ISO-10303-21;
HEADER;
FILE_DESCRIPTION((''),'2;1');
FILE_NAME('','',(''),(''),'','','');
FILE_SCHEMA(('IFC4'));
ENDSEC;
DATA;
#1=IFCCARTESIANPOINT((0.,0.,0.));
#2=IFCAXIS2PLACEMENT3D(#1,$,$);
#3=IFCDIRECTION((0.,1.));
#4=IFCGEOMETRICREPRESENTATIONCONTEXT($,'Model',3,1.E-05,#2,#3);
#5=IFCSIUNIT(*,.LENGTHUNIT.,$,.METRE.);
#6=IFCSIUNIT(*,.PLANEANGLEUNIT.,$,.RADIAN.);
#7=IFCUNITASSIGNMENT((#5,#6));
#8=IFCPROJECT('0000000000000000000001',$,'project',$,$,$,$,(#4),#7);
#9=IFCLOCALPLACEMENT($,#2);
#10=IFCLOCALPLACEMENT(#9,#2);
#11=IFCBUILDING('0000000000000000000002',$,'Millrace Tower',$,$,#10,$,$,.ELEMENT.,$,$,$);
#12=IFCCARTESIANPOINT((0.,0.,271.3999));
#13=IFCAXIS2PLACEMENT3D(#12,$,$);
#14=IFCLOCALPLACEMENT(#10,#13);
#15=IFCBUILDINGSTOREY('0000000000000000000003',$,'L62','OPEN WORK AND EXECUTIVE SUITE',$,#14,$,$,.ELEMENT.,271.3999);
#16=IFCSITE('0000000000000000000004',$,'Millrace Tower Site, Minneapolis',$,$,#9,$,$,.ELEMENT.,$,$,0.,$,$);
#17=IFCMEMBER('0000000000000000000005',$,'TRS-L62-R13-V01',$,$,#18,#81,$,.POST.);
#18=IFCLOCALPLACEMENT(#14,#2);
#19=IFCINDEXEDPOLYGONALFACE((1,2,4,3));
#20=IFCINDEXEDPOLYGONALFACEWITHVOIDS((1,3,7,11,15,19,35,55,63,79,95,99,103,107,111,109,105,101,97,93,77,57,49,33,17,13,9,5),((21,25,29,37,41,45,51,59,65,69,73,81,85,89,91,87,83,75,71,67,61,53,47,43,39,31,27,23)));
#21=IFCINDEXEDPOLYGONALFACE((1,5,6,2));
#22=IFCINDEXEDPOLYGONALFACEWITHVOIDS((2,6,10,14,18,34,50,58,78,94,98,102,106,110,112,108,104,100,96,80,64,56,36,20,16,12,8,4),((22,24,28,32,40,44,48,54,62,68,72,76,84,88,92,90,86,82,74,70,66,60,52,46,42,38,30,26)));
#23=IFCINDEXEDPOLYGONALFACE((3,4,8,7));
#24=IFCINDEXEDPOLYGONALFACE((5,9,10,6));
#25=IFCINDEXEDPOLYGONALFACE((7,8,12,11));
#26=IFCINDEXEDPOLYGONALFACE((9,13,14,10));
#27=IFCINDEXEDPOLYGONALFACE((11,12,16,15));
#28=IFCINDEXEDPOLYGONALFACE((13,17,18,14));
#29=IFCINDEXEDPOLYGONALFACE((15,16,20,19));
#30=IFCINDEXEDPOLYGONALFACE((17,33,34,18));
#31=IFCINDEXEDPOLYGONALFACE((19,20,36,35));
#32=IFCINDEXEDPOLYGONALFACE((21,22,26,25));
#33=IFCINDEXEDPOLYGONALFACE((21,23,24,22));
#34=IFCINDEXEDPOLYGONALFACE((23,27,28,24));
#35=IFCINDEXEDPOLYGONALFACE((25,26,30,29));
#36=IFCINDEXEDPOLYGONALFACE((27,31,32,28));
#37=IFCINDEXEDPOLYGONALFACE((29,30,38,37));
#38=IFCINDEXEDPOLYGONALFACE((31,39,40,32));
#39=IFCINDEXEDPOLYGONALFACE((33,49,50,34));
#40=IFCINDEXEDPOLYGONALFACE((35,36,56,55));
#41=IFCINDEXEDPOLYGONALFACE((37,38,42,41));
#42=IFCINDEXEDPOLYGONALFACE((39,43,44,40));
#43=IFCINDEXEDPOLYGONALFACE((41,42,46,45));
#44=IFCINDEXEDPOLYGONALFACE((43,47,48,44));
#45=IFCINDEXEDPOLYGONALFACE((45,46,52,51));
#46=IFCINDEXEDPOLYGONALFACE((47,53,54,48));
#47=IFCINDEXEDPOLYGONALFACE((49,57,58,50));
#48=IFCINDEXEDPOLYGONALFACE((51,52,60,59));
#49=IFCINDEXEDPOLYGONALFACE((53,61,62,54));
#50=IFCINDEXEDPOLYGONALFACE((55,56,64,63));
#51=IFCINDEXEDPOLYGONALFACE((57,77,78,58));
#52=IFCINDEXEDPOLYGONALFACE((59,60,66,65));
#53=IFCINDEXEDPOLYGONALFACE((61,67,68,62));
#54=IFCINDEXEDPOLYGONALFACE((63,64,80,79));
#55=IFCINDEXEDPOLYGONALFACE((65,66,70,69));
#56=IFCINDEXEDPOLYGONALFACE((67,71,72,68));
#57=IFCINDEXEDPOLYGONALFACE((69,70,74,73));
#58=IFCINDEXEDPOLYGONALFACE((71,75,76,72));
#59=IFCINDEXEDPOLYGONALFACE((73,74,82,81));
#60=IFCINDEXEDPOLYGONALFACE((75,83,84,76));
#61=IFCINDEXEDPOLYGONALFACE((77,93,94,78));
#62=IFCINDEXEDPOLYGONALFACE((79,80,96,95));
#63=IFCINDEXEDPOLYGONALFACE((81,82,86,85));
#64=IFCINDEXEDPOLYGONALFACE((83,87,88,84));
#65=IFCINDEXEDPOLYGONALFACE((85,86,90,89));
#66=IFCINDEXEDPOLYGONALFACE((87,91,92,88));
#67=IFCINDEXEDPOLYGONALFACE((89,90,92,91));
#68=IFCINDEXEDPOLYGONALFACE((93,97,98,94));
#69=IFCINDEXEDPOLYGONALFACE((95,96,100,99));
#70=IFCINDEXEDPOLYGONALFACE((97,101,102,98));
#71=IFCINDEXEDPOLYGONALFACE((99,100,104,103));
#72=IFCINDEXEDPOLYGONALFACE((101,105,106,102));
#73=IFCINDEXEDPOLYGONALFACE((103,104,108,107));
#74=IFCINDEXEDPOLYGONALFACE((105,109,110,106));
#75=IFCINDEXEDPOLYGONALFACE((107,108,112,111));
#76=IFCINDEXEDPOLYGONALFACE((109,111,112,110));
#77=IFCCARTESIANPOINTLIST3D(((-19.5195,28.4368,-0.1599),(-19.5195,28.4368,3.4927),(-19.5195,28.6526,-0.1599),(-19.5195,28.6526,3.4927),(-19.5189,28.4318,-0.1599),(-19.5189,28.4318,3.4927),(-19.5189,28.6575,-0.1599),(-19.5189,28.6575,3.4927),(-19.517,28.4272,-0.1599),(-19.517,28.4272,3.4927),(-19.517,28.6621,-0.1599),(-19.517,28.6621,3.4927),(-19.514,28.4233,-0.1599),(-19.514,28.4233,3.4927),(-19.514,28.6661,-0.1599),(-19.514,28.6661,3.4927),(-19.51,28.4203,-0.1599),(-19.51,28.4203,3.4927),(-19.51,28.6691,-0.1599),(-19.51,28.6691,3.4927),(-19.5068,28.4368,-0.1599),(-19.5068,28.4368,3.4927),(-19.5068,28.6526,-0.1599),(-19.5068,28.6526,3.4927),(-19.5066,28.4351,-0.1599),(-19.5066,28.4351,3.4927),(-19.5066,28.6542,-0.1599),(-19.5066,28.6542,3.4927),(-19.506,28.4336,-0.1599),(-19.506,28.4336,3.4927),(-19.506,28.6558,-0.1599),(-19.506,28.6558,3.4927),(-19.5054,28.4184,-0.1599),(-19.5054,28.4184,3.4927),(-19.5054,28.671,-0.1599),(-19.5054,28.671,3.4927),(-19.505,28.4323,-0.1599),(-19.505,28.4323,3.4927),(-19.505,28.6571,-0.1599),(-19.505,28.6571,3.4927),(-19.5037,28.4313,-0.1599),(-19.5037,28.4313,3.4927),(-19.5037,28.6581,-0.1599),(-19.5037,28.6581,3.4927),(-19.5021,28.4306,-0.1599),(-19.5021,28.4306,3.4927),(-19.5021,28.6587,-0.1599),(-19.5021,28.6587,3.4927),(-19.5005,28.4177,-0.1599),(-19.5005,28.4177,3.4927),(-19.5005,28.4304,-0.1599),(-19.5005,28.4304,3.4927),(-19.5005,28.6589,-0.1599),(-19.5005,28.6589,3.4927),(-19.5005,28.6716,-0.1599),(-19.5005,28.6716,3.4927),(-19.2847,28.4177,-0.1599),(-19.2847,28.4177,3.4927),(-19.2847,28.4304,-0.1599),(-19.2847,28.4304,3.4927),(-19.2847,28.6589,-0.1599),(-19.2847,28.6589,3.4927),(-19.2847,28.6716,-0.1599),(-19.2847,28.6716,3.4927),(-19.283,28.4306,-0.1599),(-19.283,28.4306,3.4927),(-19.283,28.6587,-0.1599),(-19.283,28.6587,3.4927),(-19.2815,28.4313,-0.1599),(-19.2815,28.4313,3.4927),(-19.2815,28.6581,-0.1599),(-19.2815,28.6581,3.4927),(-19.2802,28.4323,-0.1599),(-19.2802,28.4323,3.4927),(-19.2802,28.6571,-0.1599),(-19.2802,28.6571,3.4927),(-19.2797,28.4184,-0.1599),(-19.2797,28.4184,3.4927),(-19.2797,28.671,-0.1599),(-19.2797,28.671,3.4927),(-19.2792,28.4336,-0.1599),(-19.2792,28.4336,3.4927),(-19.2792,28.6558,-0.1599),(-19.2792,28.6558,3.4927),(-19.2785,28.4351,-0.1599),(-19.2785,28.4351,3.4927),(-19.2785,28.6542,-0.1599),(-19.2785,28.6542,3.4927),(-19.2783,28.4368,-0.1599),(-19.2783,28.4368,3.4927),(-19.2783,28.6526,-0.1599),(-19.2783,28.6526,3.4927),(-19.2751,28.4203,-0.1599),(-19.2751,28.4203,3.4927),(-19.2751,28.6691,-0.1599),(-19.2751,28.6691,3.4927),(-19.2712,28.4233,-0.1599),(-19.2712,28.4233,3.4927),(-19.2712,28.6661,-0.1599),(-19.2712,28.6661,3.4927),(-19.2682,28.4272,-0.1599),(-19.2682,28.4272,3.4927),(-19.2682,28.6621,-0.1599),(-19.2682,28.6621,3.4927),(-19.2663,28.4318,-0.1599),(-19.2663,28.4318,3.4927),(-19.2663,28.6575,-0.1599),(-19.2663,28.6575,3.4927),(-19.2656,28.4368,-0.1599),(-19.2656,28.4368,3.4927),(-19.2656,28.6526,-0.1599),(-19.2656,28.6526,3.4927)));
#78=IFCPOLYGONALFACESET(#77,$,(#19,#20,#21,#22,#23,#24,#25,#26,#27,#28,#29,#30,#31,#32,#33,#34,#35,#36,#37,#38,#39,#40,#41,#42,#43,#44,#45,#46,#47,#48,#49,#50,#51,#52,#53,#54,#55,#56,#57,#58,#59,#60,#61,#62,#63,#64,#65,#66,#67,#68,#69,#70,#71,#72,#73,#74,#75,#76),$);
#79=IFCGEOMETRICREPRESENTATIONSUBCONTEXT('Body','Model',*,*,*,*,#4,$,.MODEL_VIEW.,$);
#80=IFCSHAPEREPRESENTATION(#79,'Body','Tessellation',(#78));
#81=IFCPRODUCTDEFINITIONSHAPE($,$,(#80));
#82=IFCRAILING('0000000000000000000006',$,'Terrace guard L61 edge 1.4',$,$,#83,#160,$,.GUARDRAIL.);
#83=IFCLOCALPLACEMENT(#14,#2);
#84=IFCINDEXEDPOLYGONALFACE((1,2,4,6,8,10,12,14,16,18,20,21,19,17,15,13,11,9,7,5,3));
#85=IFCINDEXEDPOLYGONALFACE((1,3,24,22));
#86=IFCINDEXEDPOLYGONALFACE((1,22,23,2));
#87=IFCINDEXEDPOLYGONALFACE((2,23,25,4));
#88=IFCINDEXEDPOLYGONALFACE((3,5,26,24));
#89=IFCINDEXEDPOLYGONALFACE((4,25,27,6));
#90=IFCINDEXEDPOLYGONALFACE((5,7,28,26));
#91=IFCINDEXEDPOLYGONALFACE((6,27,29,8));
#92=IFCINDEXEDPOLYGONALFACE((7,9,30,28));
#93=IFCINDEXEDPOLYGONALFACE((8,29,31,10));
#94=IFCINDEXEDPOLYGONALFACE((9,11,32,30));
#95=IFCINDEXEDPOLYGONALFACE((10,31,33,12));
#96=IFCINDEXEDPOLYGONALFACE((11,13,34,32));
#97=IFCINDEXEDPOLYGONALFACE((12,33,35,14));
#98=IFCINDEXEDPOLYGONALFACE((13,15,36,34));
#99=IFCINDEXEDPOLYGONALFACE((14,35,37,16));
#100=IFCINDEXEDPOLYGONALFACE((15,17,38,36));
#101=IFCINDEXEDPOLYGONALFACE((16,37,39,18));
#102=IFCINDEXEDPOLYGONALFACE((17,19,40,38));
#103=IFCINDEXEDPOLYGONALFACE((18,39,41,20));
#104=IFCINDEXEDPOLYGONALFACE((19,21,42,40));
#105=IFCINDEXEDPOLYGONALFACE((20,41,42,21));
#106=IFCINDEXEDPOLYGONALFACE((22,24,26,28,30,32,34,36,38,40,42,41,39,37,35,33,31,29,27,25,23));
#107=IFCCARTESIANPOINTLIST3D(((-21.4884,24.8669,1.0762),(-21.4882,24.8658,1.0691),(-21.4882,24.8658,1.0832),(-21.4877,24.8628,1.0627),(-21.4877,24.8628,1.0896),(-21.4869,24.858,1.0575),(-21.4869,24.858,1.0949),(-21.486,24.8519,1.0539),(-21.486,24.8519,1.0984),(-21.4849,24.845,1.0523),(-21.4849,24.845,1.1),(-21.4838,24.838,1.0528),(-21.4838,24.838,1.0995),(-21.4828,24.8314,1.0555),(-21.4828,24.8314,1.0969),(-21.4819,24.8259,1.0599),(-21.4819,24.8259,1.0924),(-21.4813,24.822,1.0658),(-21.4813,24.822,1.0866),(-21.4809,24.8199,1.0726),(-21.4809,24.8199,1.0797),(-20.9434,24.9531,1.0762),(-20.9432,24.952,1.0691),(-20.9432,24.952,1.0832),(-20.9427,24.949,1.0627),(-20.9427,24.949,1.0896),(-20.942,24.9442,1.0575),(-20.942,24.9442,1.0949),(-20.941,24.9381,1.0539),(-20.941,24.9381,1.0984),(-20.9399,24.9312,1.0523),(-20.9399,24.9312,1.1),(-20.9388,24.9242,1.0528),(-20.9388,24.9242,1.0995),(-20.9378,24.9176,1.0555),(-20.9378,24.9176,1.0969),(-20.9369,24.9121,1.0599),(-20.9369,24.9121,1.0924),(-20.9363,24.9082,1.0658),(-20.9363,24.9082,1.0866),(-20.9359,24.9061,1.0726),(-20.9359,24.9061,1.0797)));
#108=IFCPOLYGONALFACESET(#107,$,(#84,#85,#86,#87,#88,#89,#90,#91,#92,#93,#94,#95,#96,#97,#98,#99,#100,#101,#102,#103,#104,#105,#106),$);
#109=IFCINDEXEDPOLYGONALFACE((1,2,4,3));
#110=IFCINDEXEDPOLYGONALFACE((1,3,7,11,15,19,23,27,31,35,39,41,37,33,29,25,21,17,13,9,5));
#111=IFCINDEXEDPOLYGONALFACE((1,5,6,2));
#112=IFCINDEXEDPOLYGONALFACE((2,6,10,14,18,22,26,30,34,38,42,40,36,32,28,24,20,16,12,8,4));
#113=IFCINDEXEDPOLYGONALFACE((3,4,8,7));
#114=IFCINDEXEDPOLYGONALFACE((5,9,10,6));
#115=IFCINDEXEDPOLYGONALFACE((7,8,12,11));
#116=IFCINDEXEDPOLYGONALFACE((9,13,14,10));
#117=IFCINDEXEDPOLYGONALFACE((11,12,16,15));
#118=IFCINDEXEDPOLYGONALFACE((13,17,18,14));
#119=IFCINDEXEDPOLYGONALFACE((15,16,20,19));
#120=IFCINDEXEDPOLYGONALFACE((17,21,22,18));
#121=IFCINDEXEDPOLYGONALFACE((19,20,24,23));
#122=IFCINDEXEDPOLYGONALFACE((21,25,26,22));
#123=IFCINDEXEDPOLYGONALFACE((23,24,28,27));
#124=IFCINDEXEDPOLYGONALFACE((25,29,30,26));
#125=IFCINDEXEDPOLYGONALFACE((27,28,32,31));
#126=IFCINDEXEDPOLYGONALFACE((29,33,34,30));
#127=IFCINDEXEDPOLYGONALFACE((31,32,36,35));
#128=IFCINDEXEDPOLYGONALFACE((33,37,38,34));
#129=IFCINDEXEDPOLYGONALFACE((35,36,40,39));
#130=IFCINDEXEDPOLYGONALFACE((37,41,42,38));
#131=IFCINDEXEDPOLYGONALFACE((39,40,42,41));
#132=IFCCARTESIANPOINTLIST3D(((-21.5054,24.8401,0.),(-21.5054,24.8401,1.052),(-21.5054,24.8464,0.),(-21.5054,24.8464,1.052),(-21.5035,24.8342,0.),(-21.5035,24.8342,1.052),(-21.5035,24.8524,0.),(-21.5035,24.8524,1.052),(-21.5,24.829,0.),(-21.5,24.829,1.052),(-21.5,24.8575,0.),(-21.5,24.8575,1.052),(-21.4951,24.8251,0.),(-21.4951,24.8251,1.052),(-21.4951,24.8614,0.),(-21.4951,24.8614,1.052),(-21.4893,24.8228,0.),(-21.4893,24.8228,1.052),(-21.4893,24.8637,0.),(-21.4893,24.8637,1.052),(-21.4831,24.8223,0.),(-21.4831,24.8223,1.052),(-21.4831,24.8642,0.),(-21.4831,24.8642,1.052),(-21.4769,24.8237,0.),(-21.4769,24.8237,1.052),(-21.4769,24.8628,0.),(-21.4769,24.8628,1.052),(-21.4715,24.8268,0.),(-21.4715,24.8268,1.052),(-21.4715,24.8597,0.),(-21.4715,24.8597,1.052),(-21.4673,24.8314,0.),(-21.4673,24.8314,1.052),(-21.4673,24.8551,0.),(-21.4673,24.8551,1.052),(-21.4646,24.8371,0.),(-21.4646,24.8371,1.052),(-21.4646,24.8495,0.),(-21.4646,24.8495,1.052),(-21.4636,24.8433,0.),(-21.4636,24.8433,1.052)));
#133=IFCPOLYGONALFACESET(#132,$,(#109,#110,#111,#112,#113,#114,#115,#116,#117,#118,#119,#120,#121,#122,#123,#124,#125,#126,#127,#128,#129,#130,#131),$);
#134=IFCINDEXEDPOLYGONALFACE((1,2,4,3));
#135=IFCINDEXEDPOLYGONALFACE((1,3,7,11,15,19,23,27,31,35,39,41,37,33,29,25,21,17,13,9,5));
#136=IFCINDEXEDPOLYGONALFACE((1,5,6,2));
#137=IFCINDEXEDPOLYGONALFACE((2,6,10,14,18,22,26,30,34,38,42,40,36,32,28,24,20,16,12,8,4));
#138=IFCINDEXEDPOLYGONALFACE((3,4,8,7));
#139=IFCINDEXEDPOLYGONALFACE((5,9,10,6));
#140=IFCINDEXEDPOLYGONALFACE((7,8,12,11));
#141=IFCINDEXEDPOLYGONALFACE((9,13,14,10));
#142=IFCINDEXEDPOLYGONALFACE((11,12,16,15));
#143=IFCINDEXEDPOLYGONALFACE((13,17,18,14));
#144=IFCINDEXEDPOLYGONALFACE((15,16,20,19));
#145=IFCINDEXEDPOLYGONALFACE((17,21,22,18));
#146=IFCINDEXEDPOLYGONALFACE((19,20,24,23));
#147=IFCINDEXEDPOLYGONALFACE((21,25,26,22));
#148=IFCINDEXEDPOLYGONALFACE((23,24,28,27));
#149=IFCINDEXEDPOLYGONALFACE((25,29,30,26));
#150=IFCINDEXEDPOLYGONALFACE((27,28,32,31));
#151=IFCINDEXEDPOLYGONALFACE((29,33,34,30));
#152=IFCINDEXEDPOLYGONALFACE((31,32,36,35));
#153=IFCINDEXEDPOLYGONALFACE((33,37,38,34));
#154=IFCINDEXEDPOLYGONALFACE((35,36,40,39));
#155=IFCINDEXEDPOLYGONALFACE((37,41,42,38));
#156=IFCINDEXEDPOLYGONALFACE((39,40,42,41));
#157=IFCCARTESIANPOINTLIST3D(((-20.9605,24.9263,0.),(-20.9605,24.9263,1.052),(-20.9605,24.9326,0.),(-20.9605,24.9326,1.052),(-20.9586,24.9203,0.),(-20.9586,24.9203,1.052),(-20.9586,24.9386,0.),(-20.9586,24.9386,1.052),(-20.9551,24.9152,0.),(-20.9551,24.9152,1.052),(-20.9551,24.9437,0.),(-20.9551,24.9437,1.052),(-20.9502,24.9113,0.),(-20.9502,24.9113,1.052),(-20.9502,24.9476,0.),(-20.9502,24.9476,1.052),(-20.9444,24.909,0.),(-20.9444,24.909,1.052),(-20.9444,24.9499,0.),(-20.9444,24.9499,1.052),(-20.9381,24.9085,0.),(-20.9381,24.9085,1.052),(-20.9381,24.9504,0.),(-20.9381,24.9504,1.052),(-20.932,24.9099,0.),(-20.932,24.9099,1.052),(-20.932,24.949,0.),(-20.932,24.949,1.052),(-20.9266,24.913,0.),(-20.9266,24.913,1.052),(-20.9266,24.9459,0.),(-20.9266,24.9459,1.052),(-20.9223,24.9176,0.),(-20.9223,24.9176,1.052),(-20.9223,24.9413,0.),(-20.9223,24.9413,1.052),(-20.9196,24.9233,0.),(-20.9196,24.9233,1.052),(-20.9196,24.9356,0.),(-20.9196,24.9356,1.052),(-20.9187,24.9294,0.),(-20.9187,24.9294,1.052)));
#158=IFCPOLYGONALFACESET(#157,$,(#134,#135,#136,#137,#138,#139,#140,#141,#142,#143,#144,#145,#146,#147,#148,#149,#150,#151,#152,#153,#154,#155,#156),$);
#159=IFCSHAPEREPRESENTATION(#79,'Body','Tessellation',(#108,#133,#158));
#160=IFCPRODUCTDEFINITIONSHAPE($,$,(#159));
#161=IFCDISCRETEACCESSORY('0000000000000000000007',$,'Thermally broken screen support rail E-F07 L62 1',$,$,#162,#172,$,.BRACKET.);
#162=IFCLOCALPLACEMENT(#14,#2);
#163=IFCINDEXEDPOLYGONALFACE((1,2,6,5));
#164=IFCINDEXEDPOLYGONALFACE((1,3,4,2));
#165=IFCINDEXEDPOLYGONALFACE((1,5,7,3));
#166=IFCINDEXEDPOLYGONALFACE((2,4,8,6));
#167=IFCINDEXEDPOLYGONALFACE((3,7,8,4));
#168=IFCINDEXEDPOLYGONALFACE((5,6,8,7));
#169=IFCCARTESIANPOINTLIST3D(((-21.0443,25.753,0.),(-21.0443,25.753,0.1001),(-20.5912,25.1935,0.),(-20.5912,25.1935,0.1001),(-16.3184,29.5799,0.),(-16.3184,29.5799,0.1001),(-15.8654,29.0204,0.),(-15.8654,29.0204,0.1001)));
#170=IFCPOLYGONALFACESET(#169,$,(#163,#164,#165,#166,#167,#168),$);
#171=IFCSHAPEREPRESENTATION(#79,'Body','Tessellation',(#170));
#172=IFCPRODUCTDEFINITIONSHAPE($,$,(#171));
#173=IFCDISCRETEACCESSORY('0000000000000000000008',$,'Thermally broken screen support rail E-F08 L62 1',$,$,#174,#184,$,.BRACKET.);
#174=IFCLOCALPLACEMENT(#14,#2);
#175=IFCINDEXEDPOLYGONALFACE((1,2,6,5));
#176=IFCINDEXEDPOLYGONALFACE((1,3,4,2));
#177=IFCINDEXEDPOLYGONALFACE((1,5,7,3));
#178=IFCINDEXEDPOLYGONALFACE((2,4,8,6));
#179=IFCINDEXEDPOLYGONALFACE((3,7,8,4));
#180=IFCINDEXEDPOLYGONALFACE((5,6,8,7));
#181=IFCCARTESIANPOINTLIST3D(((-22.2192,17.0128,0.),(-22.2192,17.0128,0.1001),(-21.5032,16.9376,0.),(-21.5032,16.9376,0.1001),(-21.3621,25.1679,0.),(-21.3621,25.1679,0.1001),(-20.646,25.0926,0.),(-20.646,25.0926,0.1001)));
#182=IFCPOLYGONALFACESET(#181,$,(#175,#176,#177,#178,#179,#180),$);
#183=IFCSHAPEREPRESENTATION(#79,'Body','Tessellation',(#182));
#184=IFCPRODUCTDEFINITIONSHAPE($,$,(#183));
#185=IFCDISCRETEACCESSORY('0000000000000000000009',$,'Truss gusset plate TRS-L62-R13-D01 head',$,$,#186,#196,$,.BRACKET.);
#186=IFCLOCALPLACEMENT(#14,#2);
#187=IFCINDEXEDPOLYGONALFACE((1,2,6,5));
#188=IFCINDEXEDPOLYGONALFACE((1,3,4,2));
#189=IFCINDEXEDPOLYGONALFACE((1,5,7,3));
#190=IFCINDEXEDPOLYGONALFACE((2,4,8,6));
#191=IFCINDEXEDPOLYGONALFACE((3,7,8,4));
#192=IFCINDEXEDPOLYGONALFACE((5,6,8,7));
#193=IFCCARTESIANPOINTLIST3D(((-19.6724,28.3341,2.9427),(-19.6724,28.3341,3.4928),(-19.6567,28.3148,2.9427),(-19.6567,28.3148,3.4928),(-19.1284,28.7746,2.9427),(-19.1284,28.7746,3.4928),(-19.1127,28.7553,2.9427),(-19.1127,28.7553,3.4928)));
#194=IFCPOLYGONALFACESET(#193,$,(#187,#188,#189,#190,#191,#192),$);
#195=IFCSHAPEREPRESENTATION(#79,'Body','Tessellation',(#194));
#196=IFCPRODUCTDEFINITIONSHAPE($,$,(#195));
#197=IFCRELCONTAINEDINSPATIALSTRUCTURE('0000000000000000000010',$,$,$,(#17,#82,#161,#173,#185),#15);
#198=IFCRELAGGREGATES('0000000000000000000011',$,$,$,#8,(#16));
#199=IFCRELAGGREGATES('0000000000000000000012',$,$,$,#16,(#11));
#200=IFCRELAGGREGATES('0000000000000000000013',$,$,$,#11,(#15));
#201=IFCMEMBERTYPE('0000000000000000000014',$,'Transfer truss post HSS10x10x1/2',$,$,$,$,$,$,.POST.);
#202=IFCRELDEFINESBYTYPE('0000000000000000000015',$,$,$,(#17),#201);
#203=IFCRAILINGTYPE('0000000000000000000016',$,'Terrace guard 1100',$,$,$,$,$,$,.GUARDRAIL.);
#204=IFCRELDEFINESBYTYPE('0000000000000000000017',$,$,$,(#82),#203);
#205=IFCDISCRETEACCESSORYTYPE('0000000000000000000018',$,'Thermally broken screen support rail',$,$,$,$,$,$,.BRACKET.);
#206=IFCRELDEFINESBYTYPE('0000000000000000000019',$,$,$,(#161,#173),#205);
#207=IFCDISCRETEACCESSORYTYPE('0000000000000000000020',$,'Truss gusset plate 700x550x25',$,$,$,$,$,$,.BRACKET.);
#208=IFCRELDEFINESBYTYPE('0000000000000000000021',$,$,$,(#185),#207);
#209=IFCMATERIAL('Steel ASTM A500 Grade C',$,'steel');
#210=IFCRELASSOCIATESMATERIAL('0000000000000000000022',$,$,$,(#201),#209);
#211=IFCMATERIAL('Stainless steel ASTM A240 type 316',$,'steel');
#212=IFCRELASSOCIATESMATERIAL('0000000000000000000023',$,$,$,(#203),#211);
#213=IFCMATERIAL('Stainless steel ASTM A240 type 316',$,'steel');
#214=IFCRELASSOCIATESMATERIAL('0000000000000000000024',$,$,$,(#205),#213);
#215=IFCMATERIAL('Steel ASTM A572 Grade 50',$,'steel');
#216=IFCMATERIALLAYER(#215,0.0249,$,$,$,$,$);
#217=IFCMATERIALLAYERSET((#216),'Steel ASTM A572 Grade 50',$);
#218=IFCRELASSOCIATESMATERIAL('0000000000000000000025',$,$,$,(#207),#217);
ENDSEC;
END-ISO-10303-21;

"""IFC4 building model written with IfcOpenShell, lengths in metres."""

from ifc_helpers import new_model, si_unit, direction, frame, origin, origin_2d, place, context, subcontext, project, spatial, rectangle, hollow_rectangle, circle, extrude, material, layer, layer_set, material_profile, profile_set, type_object, element, save


model = new_model("IFC4")

# Units and contexts
model_context = context("Model", 3, precision=1e-05, world=origin(), true_north=direction((0.0, 1.0)))
body_context = subcontext(model_context, "Body", "Model", "MODEL_VIEW")
ifc_project = project(units=[si_unit("LENGTHUNIT", "METRE"), si_unit("PLANEANGLEUNIT", "RADIAN")], contexts=[model_context])

# Site, building, storey
site_placement = place(None, origin())
site = spatial("IfcSite", under=ifc_project, at=site_placement, Name="Millrace Tower Site, Minneapolis", CompositionType="ELEMENT", RefElevation=0.0)
building_placement = place(site_placement, origin())
building = spatial("IfcBuilding", under=site, at=building_placement, Name="Millrace Tower", CompositionType="ELEMENT")
storey_placement = place(building_placement, frame((0.0, 0.0, 271.3999)))
storey = spatial("IfcBuildingStorey", under=building, at=storey_placement, Name="L62", Description="OPEN WORK AND EXECUTIVE SUITE", CompositionType="ELEMENT", Elevation=271.3999)

# Member
ifc_material_1 = material(Name="Steel ASTM A500 Grade C", Category="steel")
ifc_material_profile_1 = material_profile(ifc_material_1, hollow_rectangle(XDim=0.2539, YDim=0.2539, WallThickness=0.0127, InnerFilletRadius=0.0063, OuterFilletRadius=0.019, at=origin_2d()))
ifc_profile_set_1 = profile_set([ifc_material_profile_1], Name="Steel ASTM A500 Grade C")
member_type_1 = type_object("IfcMemberType", Name="Transfer truss post HSS10x10x1/2", PredefinedType="POST", material=ifc_profile_set_1)
member_1_placement = place(storey_placement, frame((-19.3926, 28.5447, -0.1599), z_axis=(0.0, 0.0, 1.0), x_axis=(1.0, 0.0, 0.0)))
element("IfcMember", 1, at=member_1_placement, inside=storey, type_object=member_type_1, Name="TRS-L62-R13-V01", PredefinedType="POST", context=body_context, shape_type="SweptSolid", body=[
    extrude(hollow_rectangle(XDim=0.2539, YDim=0.2539, WallThickness=0.0127, InnerFilletRadius=0.0063, OuterFilletRadius=0.019, at=origin_2d()), origin(), (0.0, 0.0, 1.0), 3.6526),
])

# Railing
ifc_material_2 = material(Name="Stainless steel ASTM A240 type 316", Category="steel")
railing_type = type_object("IfcRailingType", Name="Terrace guard 1100", PredefinedType="GUARDRAIL", material=ifc_material_2)
railing_placement = place(storey_placement, frame((-21.4846, 24.8433, 0.0)))
element("IfcRailing", 2, at=railing_placement, inside=storey, type_object=railing_type, Name="Terrace guard L61 edge 1.4", PredefinedType="GUARDRAIL", context=body_context, shape_type="SweptSolid", body=[
    extrude(circle(Radius=0.0239, at=origin_2d()), frame((0.0, 0.0, 1.0762), z_axis=(0.987723, 0.156213, 0.0), x_axis=(-0.156213, 0.987723, 0.0)), (0.0, 0.0, 1.0), 0.5518),
    extrude(circle(Radius=0.021, at=origin_2d()), origin(), (0.0, 0.0, 1.0), 1.052),
    extrude(circle(Radius=0.021, at=origin_2d()), frame((0.5449, 0.0862, 0.0)), (0.0, 0.0, 1.0), 1.052),
])

# Discrete accessories
ifc_material_3 = material(Name="Stainless steel ASTM A240 type 316", Category="steel")
discrete_accessory_type_1 = type_object("IfcDiscreteAccessoryType", Name="Thermally broken screen support rail", PredefinedType="BRACKET", material=ifc_material_3)
discrete_accessory_1_placement = place(storey_placement, frame((-18.4548, 27.3867, 0.0), z_axis=(0.0, 0.0, 1.0), x_axis=(-0.777146, -0.62932, 0.0)))
element("IfcDiscreteAccessory", 3, at=discrete_accessory_1_placement, inside=storey, type_object=discrete_accessory_type_1, Name="Thermally broken screen support rail E-F07 L62 1", PredefinedType="BRACKET", context=body_context, shape_type="SweptSolid", body=[
    extrude(rectangle(XDim=6.0811, YDim=0.72, at=origin_2d()), origin(), (0.0, 0.0, 1.0), 0.1001),
])
discrete_accessory_2_placement = place(storey_placement, frame((-21.4326, 21.0527, 0.0), z_axis=(0.0, 0.0, 1.0), x_axis=(-0.104528, -0.994522, 0.0)))
element("IfcDiscreteAccessory", 4, at=discrete_accessory_2_placement, inside=storey, type_object=discrete_accessory_type_1, Name="Thermally broken screen support rail E-F08 L62 1", PredefinedType="BRACKET", context=body_context, shape_type="SweptSolid", body=[
    extrude(rectangle(XDim=8.2, YDim=0.72, at=origin_2d()), origin(), (0.0, 0.0, 1.0), 0.1001),
])
ifc_material_4 = material(Name="Steel ASTM A572 Grade 50", Category="steel")
ifc_layer_1 = layer(ifc_material_4, 0.0249)
ifc_layer_set_1 = layer_set([ifc_layer_1], Name="Steel ASTM A572 Grade 50")
discrete_accessory_type_2 = type_object("IfcDiscreteAccessoryType", Name="Truss gusset plate 700x550x25", PredefinedType="BRACKET", material=ifc_layer_set_1)
for number, where, z_axis, x_axis, name in (
    (5, (-19.6646, 28.3245, 3.2178), (0.77718, 0.629279, 0.0), (-0.629279, 0.77718, 0.0), "Truss gusset plate TRS-L62-R13-D01 head"),
):
    element("IfcDiscreteAccessory", number, at=place(storey_placement, frame(where, z_axis=z_axis, x_axis=x_axis)), inside=storey, type_object=discrete_accessory_type_2, Name=name, PredefinedType="BRACKET", context=body_context, shape_type="SweptSolid", body=[
        extrude(rectangle(XDim=0.0249, YDim=0.55, at=origin_2d()), origin(), (0.0, 0.0, 1.0), 0.7),
    ])

save(model, "model.ifc")
